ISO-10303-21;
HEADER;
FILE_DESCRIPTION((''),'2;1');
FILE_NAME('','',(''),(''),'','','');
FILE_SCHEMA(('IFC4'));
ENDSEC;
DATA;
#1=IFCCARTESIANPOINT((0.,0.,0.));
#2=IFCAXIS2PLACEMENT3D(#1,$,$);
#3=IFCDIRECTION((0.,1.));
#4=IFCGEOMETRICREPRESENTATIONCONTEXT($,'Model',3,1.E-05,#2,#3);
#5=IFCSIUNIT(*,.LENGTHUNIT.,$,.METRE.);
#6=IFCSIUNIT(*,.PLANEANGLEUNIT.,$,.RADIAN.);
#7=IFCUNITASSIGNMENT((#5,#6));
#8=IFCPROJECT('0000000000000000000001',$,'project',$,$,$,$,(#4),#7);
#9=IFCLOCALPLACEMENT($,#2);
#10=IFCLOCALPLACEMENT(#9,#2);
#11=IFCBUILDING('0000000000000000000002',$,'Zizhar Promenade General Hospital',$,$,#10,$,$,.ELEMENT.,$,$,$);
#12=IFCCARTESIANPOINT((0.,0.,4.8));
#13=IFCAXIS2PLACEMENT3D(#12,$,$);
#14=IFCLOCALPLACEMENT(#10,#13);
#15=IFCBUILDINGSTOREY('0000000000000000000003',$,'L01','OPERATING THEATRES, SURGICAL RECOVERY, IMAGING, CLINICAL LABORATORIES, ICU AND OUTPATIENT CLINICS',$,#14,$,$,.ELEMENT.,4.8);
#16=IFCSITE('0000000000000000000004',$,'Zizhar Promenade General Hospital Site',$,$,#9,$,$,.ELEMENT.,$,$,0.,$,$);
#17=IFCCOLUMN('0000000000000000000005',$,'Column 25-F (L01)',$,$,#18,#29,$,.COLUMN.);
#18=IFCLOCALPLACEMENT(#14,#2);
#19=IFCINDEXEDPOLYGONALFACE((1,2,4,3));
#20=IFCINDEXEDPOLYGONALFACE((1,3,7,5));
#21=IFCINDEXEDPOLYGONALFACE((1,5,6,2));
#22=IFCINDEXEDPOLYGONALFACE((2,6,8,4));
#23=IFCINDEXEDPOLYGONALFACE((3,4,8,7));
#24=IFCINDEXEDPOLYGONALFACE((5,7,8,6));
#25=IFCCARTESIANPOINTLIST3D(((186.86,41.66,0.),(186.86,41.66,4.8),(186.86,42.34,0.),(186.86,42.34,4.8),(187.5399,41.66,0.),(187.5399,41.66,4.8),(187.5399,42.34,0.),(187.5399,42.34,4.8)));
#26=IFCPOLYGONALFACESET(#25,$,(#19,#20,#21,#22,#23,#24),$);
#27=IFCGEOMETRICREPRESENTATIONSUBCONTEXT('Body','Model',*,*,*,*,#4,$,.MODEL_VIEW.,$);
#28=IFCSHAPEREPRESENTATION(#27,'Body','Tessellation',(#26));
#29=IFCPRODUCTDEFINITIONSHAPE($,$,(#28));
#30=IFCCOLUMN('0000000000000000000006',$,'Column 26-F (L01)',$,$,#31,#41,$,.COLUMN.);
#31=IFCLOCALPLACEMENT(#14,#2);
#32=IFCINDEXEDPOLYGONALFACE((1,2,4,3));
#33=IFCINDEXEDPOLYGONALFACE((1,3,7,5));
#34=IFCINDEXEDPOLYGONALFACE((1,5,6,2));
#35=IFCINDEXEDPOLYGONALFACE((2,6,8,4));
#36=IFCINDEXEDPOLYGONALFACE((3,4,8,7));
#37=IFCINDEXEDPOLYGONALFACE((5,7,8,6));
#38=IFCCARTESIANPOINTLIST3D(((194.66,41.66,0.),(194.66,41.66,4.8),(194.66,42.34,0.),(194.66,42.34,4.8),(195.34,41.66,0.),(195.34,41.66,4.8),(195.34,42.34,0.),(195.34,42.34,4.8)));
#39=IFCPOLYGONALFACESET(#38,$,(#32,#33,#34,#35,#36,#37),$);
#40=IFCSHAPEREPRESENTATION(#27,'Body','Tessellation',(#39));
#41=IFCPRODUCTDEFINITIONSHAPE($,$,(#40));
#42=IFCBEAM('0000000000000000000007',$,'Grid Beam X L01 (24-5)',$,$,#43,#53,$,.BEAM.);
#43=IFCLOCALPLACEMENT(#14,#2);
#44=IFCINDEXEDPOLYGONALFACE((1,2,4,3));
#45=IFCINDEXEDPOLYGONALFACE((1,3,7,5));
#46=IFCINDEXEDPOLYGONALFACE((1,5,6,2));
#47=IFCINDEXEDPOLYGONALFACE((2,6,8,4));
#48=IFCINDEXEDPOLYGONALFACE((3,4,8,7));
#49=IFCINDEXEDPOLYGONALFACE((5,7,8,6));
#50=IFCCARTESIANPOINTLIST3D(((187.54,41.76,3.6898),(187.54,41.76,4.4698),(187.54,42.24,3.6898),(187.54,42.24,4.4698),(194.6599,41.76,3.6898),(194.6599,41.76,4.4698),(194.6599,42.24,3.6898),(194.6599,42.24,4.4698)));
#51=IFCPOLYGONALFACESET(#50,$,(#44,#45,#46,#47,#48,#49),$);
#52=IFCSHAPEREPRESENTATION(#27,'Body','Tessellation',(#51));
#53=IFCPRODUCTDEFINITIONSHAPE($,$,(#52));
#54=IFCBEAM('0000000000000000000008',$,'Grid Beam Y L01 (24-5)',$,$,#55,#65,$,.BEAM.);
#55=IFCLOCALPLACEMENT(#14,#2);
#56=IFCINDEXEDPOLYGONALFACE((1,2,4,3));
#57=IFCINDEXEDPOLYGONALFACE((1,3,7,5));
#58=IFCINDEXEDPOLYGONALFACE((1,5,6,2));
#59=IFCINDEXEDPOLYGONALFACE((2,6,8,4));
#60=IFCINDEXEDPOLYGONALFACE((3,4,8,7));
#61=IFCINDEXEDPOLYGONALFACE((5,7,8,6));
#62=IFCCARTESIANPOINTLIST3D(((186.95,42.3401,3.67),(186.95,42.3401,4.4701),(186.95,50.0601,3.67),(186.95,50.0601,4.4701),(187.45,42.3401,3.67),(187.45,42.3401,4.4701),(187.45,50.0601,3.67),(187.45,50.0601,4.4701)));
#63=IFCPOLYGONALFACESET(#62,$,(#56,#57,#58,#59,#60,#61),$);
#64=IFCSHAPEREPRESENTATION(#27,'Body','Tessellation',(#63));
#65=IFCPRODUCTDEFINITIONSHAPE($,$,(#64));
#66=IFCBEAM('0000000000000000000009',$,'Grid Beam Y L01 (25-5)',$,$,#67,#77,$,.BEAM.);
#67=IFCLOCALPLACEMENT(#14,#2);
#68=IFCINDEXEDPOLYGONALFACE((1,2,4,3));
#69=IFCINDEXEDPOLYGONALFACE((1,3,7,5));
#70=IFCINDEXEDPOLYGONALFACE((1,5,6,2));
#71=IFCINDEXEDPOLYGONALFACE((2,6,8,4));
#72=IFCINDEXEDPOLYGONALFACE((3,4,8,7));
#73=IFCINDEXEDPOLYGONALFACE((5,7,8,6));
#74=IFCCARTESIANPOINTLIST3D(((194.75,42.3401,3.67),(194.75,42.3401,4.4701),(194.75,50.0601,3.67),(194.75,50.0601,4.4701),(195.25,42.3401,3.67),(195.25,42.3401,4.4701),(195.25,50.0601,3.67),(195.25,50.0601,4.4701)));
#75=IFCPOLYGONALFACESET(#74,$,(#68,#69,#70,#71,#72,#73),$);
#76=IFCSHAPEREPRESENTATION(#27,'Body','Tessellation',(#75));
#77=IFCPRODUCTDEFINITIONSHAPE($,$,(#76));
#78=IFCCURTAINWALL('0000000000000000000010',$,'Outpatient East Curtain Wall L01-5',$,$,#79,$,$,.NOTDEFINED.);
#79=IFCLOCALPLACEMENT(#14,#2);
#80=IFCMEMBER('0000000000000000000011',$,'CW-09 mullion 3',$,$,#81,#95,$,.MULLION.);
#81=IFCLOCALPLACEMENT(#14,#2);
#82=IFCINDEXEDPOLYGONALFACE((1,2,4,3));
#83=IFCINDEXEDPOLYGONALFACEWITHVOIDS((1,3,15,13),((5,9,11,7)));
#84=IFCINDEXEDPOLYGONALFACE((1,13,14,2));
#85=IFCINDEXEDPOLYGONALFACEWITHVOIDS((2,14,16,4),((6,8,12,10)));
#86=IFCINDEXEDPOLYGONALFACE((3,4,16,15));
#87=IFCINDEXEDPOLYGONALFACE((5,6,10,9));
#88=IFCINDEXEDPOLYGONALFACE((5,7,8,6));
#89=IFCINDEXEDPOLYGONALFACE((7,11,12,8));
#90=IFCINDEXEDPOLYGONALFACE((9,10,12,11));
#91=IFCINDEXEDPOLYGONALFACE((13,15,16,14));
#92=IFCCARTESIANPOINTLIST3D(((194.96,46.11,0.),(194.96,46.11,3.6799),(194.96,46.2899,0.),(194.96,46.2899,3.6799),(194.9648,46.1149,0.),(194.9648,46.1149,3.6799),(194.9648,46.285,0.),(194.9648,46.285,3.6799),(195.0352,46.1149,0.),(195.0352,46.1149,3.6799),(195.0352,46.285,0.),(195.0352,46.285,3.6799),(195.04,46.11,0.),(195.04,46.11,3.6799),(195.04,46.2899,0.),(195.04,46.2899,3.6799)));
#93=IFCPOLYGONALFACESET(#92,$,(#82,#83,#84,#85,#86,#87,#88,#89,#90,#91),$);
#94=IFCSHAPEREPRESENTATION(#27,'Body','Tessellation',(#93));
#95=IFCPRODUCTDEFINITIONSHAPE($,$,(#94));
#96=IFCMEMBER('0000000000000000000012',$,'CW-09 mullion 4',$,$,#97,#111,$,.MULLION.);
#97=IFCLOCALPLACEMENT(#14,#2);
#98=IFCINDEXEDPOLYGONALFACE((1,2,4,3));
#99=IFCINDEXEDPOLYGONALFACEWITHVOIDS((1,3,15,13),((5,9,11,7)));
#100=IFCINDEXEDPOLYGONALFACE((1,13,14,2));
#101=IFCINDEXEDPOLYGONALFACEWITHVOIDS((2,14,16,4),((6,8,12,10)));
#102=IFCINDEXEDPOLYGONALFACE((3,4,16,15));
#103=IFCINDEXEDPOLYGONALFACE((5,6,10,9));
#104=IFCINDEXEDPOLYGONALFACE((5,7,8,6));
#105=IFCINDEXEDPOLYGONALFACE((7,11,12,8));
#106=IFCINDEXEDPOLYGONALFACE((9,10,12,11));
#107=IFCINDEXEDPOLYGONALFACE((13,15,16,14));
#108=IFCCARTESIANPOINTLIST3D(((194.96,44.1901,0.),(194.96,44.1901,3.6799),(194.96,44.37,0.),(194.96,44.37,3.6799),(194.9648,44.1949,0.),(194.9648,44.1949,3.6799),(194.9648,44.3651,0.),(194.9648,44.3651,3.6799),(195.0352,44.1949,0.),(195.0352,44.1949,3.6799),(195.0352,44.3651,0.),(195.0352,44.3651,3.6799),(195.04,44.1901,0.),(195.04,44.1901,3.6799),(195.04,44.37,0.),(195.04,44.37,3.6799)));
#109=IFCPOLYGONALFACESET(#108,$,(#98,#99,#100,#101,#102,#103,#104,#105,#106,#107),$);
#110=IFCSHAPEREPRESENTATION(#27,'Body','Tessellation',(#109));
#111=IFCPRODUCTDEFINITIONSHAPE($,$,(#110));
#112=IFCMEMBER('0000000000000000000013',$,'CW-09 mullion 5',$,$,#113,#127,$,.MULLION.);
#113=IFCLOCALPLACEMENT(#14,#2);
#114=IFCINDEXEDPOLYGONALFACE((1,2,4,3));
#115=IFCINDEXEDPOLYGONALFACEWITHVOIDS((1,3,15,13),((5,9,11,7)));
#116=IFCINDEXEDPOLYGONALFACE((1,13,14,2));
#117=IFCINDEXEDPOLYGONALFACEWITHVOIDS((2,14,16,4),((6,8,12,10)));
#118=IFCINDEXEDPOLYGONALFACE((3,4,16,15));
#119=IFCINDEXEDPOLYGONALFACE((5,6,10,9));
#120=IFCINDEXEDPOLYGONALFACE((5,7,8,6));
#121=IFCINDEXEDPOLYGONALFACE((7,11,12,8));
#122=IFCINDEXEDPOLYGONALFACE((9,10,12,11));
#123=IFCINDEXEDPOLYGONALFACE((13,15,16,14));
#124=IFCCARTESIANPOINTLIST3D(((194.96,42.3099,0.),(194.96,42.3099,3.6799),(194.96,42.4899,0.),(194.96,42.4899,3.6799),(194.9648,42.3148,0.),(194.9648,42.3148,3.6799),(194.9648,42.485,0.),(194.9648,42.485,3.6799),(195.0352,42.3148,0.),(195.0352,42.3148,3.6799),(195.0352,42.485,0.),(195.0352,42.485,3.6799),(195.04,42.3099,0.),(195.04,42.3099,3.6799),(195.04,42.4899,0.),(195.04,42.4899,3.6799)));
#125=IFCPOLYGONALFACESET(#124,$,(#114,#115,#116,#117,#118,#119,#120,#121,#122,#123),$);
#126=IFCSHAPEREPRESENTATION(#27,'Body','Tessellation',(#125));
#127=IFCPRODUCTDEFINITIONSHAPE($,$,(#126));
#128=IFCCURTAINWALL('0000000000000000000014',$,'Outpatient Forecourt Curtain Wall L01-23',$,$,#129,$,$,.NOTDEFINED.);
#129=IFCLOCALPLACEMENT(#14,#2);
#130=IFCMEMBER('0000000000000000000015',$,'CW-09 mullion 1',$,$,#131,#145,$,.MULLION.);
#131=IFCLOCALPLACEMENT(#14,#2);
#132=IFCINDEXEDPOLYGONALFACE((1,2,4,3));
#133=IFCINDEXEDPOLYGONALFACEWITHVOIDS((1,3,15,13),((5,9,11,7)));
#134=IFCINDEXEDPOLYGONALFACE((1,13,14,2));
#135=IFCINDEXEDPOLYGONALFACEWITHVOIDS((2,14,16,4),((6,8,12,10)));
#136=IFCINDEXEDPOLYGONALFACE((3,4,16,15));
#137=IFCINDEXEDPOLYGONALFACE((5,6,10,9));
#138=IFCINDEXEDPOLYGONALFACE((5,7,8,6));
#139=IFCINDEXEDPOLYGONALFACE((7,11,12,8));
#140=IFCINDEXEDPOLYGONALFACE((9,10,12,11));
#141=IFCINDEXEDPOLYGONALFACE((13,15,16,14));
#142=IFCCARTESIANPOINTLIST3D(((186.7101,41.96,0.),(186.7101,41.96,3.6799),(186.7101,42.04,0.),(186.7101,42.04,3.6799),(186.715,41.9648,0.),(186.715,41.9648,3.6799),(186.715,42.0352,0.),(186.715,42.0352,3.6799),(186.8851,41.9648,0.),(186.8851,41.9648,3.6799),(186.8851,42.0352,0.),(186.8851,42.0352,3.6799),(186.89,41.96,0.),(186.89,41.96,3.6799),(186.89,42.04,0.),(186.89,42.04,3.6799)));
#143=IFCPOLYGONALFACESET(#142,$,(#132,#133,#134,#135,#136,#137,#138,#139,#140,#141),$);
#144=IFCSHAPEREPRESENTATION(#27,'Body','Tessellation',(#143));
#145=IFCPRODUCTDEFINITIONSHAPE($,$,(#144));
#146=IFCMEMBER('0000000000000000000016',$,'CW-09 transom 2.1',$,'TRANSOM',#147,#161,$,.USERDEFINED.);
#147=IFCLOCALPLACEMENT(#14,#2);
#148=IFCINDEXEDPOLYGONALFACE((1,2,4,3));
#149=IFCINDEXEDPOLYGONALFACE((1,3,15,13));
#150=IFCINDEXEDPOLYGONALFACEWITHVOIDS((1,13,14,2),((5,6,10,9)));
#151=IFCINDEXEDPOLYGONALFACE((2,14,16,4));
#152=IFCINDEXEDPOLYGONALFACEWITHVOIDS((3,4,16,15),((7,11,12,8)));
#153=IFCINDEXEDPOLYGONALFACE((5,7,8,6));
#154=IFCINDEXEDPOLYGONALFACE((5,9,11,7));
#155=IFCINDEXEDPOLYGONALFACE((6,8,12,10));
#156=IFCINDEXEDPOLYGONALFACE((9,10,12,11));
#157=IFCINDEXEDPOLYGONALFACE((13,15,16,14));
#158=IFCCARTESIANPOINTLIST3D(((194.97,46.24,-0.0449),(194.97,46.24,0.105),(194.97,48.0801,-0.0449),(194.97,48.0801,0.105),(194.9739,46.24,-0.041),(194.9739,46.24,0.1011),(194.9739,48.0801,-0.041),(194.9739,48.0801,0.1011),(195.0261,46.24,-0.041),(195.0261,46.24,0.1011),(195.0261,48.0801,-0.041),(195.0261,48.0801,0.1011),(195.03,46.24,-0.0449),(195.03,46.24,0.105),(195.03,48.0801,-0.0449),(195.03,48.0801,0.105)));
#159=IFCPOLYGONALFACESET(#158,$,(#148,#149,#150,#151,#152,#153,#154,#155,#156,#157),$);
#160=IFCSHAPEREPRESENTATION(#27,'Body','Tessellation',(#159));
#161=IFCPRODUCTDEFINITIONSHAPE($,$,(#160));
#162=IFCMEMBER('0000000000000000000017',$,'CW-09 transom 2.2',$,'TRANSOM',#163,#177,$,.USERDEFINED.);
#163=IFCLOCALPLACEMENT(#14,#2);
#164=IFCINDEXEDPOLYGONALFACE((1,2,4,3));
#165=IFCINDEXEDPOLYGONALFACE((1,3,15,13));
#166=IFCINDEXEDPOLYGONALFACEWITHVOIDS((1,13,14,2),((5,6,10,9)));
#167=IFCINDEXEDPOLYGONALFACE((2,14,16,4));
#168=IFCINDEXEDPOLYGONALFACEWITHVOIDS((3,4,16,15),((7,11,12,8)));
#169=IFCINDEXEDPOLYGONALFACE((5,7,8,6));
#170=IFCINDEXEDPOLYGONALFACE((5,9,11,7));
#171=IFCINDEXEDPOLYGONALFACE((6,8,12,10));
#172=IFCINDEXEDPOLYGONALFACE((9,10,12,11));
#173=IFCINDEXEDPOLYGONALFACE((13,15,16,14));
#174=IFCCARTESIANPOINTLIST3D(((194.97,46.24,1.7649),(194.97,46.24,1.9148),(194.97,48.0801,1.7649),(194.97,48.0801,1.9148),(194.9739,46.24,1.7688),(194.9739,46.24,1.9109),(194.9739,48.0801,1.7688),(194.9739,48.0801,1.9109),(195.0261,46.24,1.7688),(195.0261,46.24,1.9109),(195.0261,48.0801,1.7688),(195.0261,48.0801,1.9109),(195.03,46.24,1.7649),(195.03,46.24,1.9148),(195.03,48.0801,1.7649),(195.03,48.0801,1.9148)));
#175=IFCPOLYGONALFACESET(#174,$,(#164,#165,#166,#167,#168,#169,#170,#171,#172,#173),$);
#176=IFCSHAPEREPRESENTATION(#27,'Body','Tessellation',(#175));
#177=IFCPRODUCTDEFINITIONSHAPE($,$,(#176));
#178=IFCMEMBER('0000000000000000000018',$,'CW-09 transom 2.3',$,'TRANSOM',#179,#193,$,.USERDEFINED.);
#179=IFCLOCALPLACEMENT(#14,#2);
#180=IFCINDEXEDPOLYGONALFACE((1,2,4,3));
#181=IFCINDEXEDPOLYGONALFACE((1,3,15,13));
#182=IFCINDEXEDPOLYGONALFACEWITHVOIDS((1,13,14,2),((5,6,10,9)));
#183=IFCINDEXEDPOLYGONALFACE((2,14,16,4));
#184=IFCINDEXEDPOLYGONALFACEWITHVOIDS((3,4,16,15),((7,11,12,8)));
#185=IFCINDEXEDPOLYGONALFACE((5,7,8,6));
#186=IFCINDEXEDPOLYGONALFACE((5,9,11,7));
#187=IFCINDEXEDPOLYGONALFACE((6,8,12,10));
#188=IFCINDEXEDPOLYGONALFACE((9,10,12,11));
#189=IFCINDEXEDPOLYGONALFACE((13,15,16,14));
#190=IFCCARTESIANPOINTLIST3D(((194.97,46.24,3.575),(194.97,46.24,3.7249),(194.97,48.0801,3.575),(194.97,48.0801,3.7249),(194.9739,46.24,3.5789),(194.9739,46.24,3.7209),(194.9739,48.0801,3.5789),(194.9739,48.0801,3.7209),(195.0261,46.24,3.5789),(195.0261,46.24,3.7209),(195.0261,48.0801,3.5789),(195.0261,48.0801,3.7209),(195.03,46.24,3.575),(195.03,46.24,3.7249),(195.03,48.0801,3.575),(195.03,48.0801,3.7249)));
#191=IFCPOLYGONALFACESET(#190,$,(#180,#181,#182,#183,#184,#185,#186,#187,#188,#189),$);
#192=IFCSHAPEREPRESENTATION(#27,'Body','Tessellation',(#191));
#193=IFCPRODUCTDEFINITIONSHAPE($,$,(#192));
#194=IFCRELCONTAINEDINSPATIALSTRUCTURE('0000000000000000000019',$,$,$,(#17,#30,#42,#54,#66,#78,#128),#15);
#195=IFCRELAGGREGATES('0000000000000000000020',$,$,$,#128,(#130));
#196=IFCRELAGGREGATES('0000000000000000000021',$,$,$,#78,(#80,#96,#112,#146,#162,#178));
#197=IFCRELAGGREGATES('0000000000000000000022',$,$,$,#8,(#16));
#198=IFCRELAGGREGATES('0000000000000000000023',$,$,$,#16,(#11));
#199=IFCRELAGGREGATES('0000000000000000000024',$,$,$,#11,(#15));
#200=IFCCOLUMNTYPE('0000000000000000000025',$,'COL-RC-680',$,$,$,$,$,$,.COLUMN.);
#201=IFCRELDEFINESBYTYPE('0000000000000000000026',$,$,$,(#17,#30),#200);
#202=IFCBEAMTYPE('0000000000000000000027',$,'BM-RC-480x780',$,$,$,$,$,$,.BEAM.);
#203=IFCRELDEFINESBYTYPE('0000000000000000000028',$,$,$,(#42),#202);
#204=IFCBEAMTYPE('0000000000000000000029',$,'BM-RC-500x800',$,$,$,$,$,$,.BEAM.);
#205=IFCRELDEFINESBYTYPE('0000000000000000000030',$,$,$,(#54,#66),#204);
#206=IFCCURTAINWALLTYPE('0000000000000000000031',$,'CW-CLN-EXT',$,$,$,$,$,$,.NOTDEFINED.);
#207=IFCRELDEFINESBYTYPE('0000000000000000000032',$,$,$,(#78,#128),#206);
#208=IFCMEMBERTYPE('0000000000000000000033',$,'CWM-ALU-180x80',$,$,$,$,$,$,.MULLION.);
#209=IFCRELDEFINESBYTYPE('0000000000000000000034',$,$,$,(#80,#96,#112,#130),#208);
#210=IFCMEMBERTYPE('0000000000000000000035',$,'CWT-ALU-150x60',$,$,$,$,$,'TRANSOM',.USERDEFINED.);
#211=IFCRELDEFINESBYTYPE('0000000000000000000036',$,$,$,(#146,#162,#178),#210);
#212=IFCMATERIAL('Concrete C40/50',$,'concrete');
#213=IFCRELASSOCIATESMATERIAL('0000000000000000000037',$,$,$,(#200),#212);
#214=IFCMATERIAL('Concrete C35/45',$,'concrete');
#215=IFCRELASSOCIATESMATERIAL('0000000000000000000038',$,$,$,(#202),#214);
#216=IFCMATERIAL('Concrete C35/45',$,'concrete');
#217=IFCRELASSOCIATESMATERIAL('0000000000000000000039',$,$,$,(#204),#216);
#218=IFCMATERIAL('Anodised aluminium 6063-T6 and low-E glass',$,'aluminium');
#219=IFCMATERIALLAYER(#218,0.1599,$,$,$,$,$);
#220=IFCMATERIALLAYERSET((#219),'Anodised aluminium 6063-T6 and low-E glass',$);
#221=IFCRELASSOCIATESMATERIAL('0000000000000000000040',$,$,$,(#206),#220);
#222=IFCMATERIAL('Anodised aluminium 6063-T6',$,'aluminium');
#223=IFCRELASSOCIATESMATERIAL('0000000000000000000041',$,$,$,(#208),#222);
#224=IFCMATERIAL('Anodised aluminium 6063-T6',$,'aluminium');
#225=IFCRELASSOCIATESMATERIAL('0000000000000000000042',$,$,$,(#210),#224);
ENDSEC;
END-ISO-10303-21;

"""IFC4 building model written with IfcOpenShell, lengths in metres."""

from ifc_helpers import new_model, si_unit, direction, frame, origin, origin_2d, place, context, subcontext, project, spatial, rectangle, hollow_rectangle, extrude, material, layer, layer_set, material_profile, profile_set, type_object, element, aggregate, save


model = new_model("IFC4")

# Units and contexts
model_context = context("Model", 3, precision=1e-05, world=origin(), true_north=direction((0.0, 1.0)))
body_context = subcontext(model_context, "Body", "Model", "MODEL_VIEW")
ifc_project = project(units=[si_unit("LENGTHUNIT", "METRE"), si_unit("PLANEANGLEUNIT", "RADIAN")], contexts=[model_context])

# Site, building, storey
site_placement = place(None, origin())
site = spatial("IfcSite", under=ifc_project, at=site_placement, Name="Zizhar Promenade General Hospital Site", CompositionType="ELEMENT", RefElevation=0.0)
building_placement = place(site_placement, origin())
building = spatial("IfcBuilding", under=site, at=building_placement, Name="Zizhar Promenade General Hospital", CompositionType="ELEMENT")
storey_placement = place(building_placement, frame((0.0, 0.0, 4.8)))
storey = spatial("IfcBuildingStorey", under=building, at=storey_placement, Name="L01", Description="OPERATING THEATRES, SURGICAL RECOVERY, IMAGING, CLINICAL LABORATORIES, ICU AND OUTPATIENT CLINICS", CompositionType="ELEMENT", Elevation=4.8)

# Columns
ifc_material_1 = material(Name="Concrete C40/50", Category="concrete")
ifc_material_profile_1 = material_profile(ifc_material_1, rectangle(XDim=0.6799, YDim=0.6799, at=origin_2d()))
ifc_profile_set_1 = profile_set([ifc_material_profile_1], Name="Concrete C40/50")
column_type = type_object("IfcColumnType", Name="COL-RC-680", PredefinedType="COLUMN", material=ifc_profile_set_1)
for number, where, z_axis, x_axis, name in (
    (1, (187.2, 42.0, 0.0), (0.0, 0.0, 1.0), (1.0, 0.0, 0.0), "Column 25-F (L01)"),
    (2, (195.0, 42.0, 0.0), (0.0, 0.0, 1.0), (1.0, 0.0, 0.0), "Column 26-F (L01)"),
):
    element("IfcColumn", number, at=place(storey_placement, frame(where, z_axis=z_axis, x_axis=x_axis)), inside=storey, type_object=column_type, Name=name, PredefinedType="COLUMN", context=body_context, shape_type="SweptSolid", body=[
        extrude(rectangle(XDim=0.6799, YDim=0.6799, at=origin_2d()), origin(), (0.0, 0.0, 1.0), 4.8),
    ])

# Beams
ifc_material_2 = material(Name="Concrete C35/45", Category="concrete")
ifc_material_profile_2 = material_profile(ifc_material_2, rectangle(XDim=0.48, YDim=0.78, at=origin_2d()))
ifc_profile_set_2 = profile_set([ifc_material_profile_2], Name="Concrete C35/45")
beam_type_1 = type_object("IfcBeamType", Name="BM-RC-480x780", PredefinedType="BEAM", material=ifc_profile_set_2)
beam_placement = place(storey_placement, frame((187.54, 42.0, 4.0798), z_axis=(1.0, 0.0, 0.0), x_axis=(0.0, 1.0, 0.0)))
element("IfcBeam", 3, at=beam_placement, inside=storey, type_object=beam_type_1, Name="Grid Beam X L01 (24-5)", PredefinedType="BEAM", context=body_context, shape_type="SweptSolid", body=[
    extrude(rectangle(XDim=0.48, YDim=0.78, at=origin_2d()), origin(), (0.0, 0.0, 1.0), 7.1199),
])
ifc_material_3 = material(Name="Concrete C35/45", Category="concrete")
ifc_material_profile_3 = material_profile(ifc_material_3, rectangle(XDim=0.5, YDim=0.8, at=origin_2d()))
ifc_profile_set_3 = profile_set([ifc_material_profile_3], Name="Concrete C35/45")
beam_type_2 = type_object("IfcBeamType", Name="BM-RC-500x800", PredefinedType="BEAM", material=ifc_profile_set_3)
for number, where, z_axis, x_axis, name in (
    (4, (187.2, 42.3401, 4.0701), (0.0, 1.0, 0.0), (-1.0, 0.0, 0.0), "Grid Beam Y L01 (24-5)"),
    (5, (195.0, 42.3401, 4.0701), (0.0, 1.0, 0.0), (-1.0, 0.0, 0.0), "Grid Beam Y L01 (25-5)"),
):
    element("IfcBeam", number, at=place(storey_placement, frame(where, z_axis=z_axis, x_axis=x_axis)), inside=storey, type_object=beam_type_2, Name=name, PredefinedType="BEAM", context=body_context, shape_type="SweptSolid", body=[
        extrude(rectangle(XDim=0.5, YDim=0.8, at=origin_2d()), origin(), (0.0, 0.0, 1.0), 7.72),
    ])

# Curtain wall, members
ifc_material_4 = material(Name="Anodised aluminium 6063-T6 and low-E glass", Category="aluminium")
ifc_layer_1 = layer(ifc_material_4, 0.1599)
ifc_layer_set_1 = layer_set([ifc_layer_1], Name="Anodised aluminium 6063-T6 and low-E glass")
curtain_wall_type = type_object("IfcCurtainWallType", Name="CW-CLN-EXT", PredefinedType="NOTDEFINED", material=ifc_layer_set_1)
curtain_wall_1_placement = place(storey_placement, origin())
curtain_wall_1 = element("IfcCurtainWall", 6, at=curtain_wall_1_placement, inside=storey, type_object=curtain_wall_type, Name="Outpatient East Curtain Wall L01-5", PredefinedType="NOTDEFINED")
ifc_material_5 = material(Name="Anodised aluminium 6063-T6", Category="aluminium")
ifc_material_profile_4 = material_profile(ifc_material_5, hollow_rectangle(XDim=0.0801, YDim=0.1799, WallThickness=0.0049, at=origin_2d()))
ifc_profile_set_4 = profile_set([ifc_material_profile_4], Name="Anodised aluminium 6063-T6")
member_type_1 = type_object("IfcMemberType", Name="CWM-ALU-180x80", PredefinedType="MULLION", material=ifc_profile_set_4)
member_1_placement = place(storey_placement, frame((195.0, 46.2, 0.0), z_axis=(0.0, 0.0, 1.0), x_axis=(1.0, 0.0, 0.0)))
member_1 = element("IfcMember", 7, at=member_1_placement, type_object=member_type_1, Name="CW-09 mullion 3", PredefinedType="MULLION", context=body_context, shape_type="SweptSolid", body=[
    extrude(hollow_rectangle(XDim=0.0801, YDim=0.1799, WallThickness=0.0049, at=origin_2d()), origin(), (0.0, 0.0, 1.0), 3.6799),
])
member_2_placement = place(storey_placement, frame((195.0, 44.28, 0.0), z_axis=(0.0, 0.0, 1.0), x_axis=(1.0, 0.0, 0.0)))
member_2 = element("IfcMember", 8, at=member_2_placement, type_object=member_type_1, Name="CW-09 mullion 4", PredefinedType="MULLION", context=body_context, shape_type="SweptSolid", body=[
    extrude(hollow_rectangle(XDim=0.0801, YDim=0.1799, WallThickness=0.0049, at=origin_2d()), origin(), (0.0, 0.0, 1.0), 3.6799),
])
member_3_placement = place(storey_placement, frame((195.0, 42.3999, 0.0), z_axis=(0.0, 0.0, 1.0), x_axis=(1.0, 0.0, 0.0)))
member_3 = element("IfcMember", 9, at=member_3_placement, type_object=member_type_1, Name="CW-09 mullion 5", PredefinedType="MULLION", context=body_context, shape_type="SweptSolid", body=[
    extrude(hollow_rectangle(XDim=0.0801, YDim=0.1799, WallThickness=0.0049, at=origin_2d()), origin(), (0.0, 0.0, 1.0), 3.6799),
])

# Curtain wall, member
curtain_wall_2_placement = place(storey_placement, origin())
curtain_wall_2 = element("IfcCurtainWall", 10, at=curtain_wall_2_placement, inside=storey, type_object=curtain_wall_type, Name="Outpatient Forecourt Curtain Wall L01-23", PredefinedType="NOTDEFINED")
member_4_placement = place(storey_placement, frame((186.8, 42.0, 0.0), z_axis=(0.0, 0.0, 1.0), x_axis=(0.0, -1.0, 0.0)))
member_4 = element("IfcMember", 11, at=member_4_placement, type_object=member_type_1, Name="CW-09 mullion 1", PredefinedType="MULLION", context=body_context, shape_type="SweptSolid", body=[
    extrude(hollow_rectangle(XDim=0.0801, YDim=0.1799, WallThickness=0.0049, at=origin_2d()), origin(), (0.0, 0.0, 1.0), 3.6799),
])
aggregate(curtain_wall_2, [member_4])

# Members
ifc_material_6 = material(Name="Anodised aluminium 6063-T6", Category="aluminium")
ifc_material_profile_5 = material_profile(ifc_material_6, hollow_rectangle(XDim=0.0601, YDim=0.1499, WallThickness=0.0039, at=origin_2d()))
ifc_profile_set_5 = profile_set([ifc_material_profile_5], Name="Anodised aluminium 6063-T6")
member_type_2 = type_object("IfcMemberType", Name="CWT-ALU-150x60", ElementType="TRANSOM", PredefinedType="USERDEFINED", material=ifc_profile_set_5)
member_5_placement = place(storey_placement, frame((195.0, 48.0801, 0.03), z_axis=(0.0, -1.0, 0.0), x_axis=(1.0, 0.0, 0.0)))
member_5 = element("IfcMember", 12, at=member_5_placement, type_object=member_type_2, Name="CW-09 transom 2.1", ObjectType="TRANSOM", PredefinedType="USERDEFINED", context=body_context, shape_type="SweptSolid", body=[
    extrude(hollow_rectangle(XDim=0.0601, YDim=0.1499, WallThickness=0.0039, at=origin_2d()), origin(), (0.0, 0.0, 1.0), 1.8401),
])
member_6_placement = place(storey_placement, frame((195.0, 48.0801, 1.8398), z_axis=(0.0, -1.0, 0.0), x_axis=(1.0, 0.0, 0.0)))
member_6 = element("IfcMember", 13, at=member_6_placement, type_object=member_type_2, Name="CW-09 transom 2.2", ObjectType="TRANSOM", PredefinedType="USERDEFINED", context=body_context, shape_type="SweptSolid", body=[
    extrude(hollow_rectangle(XDim=0.0601, YDim=0.1499, WallThickness=0.0039, at=origin_2d()), origin(), (0.0, 0.0, 1.0), 1.8401),
])
member_7_placement = place(storey_placement, frame((195.0, 48.0801, 3.6499), z_axis=(0.0, -1.0, 0.0), x_axis=(1.0, 0.0, 0.0)))
member_7 = element("IfcMember", 14, at=member_7_placement, type_object=member_type_2, Name="CW-09 transom 2.3", ObjectType="TRANSOM", PredefinedType="USERDEFINED", context=body_context, shape_type="SweptSolid", body=[
    extrude(hollow_rectangle(XDim=0.0601, YDim=0.1499, WallThickness=0.0039, at=origin_2d()), origin(), (0.0, 0.0, 1.0), 1.8401),
])

aggregate(curtain_wall_1, [member_1, member_2, member_3, member_5, member_6, member_7])

save(model, "model.ifc")
